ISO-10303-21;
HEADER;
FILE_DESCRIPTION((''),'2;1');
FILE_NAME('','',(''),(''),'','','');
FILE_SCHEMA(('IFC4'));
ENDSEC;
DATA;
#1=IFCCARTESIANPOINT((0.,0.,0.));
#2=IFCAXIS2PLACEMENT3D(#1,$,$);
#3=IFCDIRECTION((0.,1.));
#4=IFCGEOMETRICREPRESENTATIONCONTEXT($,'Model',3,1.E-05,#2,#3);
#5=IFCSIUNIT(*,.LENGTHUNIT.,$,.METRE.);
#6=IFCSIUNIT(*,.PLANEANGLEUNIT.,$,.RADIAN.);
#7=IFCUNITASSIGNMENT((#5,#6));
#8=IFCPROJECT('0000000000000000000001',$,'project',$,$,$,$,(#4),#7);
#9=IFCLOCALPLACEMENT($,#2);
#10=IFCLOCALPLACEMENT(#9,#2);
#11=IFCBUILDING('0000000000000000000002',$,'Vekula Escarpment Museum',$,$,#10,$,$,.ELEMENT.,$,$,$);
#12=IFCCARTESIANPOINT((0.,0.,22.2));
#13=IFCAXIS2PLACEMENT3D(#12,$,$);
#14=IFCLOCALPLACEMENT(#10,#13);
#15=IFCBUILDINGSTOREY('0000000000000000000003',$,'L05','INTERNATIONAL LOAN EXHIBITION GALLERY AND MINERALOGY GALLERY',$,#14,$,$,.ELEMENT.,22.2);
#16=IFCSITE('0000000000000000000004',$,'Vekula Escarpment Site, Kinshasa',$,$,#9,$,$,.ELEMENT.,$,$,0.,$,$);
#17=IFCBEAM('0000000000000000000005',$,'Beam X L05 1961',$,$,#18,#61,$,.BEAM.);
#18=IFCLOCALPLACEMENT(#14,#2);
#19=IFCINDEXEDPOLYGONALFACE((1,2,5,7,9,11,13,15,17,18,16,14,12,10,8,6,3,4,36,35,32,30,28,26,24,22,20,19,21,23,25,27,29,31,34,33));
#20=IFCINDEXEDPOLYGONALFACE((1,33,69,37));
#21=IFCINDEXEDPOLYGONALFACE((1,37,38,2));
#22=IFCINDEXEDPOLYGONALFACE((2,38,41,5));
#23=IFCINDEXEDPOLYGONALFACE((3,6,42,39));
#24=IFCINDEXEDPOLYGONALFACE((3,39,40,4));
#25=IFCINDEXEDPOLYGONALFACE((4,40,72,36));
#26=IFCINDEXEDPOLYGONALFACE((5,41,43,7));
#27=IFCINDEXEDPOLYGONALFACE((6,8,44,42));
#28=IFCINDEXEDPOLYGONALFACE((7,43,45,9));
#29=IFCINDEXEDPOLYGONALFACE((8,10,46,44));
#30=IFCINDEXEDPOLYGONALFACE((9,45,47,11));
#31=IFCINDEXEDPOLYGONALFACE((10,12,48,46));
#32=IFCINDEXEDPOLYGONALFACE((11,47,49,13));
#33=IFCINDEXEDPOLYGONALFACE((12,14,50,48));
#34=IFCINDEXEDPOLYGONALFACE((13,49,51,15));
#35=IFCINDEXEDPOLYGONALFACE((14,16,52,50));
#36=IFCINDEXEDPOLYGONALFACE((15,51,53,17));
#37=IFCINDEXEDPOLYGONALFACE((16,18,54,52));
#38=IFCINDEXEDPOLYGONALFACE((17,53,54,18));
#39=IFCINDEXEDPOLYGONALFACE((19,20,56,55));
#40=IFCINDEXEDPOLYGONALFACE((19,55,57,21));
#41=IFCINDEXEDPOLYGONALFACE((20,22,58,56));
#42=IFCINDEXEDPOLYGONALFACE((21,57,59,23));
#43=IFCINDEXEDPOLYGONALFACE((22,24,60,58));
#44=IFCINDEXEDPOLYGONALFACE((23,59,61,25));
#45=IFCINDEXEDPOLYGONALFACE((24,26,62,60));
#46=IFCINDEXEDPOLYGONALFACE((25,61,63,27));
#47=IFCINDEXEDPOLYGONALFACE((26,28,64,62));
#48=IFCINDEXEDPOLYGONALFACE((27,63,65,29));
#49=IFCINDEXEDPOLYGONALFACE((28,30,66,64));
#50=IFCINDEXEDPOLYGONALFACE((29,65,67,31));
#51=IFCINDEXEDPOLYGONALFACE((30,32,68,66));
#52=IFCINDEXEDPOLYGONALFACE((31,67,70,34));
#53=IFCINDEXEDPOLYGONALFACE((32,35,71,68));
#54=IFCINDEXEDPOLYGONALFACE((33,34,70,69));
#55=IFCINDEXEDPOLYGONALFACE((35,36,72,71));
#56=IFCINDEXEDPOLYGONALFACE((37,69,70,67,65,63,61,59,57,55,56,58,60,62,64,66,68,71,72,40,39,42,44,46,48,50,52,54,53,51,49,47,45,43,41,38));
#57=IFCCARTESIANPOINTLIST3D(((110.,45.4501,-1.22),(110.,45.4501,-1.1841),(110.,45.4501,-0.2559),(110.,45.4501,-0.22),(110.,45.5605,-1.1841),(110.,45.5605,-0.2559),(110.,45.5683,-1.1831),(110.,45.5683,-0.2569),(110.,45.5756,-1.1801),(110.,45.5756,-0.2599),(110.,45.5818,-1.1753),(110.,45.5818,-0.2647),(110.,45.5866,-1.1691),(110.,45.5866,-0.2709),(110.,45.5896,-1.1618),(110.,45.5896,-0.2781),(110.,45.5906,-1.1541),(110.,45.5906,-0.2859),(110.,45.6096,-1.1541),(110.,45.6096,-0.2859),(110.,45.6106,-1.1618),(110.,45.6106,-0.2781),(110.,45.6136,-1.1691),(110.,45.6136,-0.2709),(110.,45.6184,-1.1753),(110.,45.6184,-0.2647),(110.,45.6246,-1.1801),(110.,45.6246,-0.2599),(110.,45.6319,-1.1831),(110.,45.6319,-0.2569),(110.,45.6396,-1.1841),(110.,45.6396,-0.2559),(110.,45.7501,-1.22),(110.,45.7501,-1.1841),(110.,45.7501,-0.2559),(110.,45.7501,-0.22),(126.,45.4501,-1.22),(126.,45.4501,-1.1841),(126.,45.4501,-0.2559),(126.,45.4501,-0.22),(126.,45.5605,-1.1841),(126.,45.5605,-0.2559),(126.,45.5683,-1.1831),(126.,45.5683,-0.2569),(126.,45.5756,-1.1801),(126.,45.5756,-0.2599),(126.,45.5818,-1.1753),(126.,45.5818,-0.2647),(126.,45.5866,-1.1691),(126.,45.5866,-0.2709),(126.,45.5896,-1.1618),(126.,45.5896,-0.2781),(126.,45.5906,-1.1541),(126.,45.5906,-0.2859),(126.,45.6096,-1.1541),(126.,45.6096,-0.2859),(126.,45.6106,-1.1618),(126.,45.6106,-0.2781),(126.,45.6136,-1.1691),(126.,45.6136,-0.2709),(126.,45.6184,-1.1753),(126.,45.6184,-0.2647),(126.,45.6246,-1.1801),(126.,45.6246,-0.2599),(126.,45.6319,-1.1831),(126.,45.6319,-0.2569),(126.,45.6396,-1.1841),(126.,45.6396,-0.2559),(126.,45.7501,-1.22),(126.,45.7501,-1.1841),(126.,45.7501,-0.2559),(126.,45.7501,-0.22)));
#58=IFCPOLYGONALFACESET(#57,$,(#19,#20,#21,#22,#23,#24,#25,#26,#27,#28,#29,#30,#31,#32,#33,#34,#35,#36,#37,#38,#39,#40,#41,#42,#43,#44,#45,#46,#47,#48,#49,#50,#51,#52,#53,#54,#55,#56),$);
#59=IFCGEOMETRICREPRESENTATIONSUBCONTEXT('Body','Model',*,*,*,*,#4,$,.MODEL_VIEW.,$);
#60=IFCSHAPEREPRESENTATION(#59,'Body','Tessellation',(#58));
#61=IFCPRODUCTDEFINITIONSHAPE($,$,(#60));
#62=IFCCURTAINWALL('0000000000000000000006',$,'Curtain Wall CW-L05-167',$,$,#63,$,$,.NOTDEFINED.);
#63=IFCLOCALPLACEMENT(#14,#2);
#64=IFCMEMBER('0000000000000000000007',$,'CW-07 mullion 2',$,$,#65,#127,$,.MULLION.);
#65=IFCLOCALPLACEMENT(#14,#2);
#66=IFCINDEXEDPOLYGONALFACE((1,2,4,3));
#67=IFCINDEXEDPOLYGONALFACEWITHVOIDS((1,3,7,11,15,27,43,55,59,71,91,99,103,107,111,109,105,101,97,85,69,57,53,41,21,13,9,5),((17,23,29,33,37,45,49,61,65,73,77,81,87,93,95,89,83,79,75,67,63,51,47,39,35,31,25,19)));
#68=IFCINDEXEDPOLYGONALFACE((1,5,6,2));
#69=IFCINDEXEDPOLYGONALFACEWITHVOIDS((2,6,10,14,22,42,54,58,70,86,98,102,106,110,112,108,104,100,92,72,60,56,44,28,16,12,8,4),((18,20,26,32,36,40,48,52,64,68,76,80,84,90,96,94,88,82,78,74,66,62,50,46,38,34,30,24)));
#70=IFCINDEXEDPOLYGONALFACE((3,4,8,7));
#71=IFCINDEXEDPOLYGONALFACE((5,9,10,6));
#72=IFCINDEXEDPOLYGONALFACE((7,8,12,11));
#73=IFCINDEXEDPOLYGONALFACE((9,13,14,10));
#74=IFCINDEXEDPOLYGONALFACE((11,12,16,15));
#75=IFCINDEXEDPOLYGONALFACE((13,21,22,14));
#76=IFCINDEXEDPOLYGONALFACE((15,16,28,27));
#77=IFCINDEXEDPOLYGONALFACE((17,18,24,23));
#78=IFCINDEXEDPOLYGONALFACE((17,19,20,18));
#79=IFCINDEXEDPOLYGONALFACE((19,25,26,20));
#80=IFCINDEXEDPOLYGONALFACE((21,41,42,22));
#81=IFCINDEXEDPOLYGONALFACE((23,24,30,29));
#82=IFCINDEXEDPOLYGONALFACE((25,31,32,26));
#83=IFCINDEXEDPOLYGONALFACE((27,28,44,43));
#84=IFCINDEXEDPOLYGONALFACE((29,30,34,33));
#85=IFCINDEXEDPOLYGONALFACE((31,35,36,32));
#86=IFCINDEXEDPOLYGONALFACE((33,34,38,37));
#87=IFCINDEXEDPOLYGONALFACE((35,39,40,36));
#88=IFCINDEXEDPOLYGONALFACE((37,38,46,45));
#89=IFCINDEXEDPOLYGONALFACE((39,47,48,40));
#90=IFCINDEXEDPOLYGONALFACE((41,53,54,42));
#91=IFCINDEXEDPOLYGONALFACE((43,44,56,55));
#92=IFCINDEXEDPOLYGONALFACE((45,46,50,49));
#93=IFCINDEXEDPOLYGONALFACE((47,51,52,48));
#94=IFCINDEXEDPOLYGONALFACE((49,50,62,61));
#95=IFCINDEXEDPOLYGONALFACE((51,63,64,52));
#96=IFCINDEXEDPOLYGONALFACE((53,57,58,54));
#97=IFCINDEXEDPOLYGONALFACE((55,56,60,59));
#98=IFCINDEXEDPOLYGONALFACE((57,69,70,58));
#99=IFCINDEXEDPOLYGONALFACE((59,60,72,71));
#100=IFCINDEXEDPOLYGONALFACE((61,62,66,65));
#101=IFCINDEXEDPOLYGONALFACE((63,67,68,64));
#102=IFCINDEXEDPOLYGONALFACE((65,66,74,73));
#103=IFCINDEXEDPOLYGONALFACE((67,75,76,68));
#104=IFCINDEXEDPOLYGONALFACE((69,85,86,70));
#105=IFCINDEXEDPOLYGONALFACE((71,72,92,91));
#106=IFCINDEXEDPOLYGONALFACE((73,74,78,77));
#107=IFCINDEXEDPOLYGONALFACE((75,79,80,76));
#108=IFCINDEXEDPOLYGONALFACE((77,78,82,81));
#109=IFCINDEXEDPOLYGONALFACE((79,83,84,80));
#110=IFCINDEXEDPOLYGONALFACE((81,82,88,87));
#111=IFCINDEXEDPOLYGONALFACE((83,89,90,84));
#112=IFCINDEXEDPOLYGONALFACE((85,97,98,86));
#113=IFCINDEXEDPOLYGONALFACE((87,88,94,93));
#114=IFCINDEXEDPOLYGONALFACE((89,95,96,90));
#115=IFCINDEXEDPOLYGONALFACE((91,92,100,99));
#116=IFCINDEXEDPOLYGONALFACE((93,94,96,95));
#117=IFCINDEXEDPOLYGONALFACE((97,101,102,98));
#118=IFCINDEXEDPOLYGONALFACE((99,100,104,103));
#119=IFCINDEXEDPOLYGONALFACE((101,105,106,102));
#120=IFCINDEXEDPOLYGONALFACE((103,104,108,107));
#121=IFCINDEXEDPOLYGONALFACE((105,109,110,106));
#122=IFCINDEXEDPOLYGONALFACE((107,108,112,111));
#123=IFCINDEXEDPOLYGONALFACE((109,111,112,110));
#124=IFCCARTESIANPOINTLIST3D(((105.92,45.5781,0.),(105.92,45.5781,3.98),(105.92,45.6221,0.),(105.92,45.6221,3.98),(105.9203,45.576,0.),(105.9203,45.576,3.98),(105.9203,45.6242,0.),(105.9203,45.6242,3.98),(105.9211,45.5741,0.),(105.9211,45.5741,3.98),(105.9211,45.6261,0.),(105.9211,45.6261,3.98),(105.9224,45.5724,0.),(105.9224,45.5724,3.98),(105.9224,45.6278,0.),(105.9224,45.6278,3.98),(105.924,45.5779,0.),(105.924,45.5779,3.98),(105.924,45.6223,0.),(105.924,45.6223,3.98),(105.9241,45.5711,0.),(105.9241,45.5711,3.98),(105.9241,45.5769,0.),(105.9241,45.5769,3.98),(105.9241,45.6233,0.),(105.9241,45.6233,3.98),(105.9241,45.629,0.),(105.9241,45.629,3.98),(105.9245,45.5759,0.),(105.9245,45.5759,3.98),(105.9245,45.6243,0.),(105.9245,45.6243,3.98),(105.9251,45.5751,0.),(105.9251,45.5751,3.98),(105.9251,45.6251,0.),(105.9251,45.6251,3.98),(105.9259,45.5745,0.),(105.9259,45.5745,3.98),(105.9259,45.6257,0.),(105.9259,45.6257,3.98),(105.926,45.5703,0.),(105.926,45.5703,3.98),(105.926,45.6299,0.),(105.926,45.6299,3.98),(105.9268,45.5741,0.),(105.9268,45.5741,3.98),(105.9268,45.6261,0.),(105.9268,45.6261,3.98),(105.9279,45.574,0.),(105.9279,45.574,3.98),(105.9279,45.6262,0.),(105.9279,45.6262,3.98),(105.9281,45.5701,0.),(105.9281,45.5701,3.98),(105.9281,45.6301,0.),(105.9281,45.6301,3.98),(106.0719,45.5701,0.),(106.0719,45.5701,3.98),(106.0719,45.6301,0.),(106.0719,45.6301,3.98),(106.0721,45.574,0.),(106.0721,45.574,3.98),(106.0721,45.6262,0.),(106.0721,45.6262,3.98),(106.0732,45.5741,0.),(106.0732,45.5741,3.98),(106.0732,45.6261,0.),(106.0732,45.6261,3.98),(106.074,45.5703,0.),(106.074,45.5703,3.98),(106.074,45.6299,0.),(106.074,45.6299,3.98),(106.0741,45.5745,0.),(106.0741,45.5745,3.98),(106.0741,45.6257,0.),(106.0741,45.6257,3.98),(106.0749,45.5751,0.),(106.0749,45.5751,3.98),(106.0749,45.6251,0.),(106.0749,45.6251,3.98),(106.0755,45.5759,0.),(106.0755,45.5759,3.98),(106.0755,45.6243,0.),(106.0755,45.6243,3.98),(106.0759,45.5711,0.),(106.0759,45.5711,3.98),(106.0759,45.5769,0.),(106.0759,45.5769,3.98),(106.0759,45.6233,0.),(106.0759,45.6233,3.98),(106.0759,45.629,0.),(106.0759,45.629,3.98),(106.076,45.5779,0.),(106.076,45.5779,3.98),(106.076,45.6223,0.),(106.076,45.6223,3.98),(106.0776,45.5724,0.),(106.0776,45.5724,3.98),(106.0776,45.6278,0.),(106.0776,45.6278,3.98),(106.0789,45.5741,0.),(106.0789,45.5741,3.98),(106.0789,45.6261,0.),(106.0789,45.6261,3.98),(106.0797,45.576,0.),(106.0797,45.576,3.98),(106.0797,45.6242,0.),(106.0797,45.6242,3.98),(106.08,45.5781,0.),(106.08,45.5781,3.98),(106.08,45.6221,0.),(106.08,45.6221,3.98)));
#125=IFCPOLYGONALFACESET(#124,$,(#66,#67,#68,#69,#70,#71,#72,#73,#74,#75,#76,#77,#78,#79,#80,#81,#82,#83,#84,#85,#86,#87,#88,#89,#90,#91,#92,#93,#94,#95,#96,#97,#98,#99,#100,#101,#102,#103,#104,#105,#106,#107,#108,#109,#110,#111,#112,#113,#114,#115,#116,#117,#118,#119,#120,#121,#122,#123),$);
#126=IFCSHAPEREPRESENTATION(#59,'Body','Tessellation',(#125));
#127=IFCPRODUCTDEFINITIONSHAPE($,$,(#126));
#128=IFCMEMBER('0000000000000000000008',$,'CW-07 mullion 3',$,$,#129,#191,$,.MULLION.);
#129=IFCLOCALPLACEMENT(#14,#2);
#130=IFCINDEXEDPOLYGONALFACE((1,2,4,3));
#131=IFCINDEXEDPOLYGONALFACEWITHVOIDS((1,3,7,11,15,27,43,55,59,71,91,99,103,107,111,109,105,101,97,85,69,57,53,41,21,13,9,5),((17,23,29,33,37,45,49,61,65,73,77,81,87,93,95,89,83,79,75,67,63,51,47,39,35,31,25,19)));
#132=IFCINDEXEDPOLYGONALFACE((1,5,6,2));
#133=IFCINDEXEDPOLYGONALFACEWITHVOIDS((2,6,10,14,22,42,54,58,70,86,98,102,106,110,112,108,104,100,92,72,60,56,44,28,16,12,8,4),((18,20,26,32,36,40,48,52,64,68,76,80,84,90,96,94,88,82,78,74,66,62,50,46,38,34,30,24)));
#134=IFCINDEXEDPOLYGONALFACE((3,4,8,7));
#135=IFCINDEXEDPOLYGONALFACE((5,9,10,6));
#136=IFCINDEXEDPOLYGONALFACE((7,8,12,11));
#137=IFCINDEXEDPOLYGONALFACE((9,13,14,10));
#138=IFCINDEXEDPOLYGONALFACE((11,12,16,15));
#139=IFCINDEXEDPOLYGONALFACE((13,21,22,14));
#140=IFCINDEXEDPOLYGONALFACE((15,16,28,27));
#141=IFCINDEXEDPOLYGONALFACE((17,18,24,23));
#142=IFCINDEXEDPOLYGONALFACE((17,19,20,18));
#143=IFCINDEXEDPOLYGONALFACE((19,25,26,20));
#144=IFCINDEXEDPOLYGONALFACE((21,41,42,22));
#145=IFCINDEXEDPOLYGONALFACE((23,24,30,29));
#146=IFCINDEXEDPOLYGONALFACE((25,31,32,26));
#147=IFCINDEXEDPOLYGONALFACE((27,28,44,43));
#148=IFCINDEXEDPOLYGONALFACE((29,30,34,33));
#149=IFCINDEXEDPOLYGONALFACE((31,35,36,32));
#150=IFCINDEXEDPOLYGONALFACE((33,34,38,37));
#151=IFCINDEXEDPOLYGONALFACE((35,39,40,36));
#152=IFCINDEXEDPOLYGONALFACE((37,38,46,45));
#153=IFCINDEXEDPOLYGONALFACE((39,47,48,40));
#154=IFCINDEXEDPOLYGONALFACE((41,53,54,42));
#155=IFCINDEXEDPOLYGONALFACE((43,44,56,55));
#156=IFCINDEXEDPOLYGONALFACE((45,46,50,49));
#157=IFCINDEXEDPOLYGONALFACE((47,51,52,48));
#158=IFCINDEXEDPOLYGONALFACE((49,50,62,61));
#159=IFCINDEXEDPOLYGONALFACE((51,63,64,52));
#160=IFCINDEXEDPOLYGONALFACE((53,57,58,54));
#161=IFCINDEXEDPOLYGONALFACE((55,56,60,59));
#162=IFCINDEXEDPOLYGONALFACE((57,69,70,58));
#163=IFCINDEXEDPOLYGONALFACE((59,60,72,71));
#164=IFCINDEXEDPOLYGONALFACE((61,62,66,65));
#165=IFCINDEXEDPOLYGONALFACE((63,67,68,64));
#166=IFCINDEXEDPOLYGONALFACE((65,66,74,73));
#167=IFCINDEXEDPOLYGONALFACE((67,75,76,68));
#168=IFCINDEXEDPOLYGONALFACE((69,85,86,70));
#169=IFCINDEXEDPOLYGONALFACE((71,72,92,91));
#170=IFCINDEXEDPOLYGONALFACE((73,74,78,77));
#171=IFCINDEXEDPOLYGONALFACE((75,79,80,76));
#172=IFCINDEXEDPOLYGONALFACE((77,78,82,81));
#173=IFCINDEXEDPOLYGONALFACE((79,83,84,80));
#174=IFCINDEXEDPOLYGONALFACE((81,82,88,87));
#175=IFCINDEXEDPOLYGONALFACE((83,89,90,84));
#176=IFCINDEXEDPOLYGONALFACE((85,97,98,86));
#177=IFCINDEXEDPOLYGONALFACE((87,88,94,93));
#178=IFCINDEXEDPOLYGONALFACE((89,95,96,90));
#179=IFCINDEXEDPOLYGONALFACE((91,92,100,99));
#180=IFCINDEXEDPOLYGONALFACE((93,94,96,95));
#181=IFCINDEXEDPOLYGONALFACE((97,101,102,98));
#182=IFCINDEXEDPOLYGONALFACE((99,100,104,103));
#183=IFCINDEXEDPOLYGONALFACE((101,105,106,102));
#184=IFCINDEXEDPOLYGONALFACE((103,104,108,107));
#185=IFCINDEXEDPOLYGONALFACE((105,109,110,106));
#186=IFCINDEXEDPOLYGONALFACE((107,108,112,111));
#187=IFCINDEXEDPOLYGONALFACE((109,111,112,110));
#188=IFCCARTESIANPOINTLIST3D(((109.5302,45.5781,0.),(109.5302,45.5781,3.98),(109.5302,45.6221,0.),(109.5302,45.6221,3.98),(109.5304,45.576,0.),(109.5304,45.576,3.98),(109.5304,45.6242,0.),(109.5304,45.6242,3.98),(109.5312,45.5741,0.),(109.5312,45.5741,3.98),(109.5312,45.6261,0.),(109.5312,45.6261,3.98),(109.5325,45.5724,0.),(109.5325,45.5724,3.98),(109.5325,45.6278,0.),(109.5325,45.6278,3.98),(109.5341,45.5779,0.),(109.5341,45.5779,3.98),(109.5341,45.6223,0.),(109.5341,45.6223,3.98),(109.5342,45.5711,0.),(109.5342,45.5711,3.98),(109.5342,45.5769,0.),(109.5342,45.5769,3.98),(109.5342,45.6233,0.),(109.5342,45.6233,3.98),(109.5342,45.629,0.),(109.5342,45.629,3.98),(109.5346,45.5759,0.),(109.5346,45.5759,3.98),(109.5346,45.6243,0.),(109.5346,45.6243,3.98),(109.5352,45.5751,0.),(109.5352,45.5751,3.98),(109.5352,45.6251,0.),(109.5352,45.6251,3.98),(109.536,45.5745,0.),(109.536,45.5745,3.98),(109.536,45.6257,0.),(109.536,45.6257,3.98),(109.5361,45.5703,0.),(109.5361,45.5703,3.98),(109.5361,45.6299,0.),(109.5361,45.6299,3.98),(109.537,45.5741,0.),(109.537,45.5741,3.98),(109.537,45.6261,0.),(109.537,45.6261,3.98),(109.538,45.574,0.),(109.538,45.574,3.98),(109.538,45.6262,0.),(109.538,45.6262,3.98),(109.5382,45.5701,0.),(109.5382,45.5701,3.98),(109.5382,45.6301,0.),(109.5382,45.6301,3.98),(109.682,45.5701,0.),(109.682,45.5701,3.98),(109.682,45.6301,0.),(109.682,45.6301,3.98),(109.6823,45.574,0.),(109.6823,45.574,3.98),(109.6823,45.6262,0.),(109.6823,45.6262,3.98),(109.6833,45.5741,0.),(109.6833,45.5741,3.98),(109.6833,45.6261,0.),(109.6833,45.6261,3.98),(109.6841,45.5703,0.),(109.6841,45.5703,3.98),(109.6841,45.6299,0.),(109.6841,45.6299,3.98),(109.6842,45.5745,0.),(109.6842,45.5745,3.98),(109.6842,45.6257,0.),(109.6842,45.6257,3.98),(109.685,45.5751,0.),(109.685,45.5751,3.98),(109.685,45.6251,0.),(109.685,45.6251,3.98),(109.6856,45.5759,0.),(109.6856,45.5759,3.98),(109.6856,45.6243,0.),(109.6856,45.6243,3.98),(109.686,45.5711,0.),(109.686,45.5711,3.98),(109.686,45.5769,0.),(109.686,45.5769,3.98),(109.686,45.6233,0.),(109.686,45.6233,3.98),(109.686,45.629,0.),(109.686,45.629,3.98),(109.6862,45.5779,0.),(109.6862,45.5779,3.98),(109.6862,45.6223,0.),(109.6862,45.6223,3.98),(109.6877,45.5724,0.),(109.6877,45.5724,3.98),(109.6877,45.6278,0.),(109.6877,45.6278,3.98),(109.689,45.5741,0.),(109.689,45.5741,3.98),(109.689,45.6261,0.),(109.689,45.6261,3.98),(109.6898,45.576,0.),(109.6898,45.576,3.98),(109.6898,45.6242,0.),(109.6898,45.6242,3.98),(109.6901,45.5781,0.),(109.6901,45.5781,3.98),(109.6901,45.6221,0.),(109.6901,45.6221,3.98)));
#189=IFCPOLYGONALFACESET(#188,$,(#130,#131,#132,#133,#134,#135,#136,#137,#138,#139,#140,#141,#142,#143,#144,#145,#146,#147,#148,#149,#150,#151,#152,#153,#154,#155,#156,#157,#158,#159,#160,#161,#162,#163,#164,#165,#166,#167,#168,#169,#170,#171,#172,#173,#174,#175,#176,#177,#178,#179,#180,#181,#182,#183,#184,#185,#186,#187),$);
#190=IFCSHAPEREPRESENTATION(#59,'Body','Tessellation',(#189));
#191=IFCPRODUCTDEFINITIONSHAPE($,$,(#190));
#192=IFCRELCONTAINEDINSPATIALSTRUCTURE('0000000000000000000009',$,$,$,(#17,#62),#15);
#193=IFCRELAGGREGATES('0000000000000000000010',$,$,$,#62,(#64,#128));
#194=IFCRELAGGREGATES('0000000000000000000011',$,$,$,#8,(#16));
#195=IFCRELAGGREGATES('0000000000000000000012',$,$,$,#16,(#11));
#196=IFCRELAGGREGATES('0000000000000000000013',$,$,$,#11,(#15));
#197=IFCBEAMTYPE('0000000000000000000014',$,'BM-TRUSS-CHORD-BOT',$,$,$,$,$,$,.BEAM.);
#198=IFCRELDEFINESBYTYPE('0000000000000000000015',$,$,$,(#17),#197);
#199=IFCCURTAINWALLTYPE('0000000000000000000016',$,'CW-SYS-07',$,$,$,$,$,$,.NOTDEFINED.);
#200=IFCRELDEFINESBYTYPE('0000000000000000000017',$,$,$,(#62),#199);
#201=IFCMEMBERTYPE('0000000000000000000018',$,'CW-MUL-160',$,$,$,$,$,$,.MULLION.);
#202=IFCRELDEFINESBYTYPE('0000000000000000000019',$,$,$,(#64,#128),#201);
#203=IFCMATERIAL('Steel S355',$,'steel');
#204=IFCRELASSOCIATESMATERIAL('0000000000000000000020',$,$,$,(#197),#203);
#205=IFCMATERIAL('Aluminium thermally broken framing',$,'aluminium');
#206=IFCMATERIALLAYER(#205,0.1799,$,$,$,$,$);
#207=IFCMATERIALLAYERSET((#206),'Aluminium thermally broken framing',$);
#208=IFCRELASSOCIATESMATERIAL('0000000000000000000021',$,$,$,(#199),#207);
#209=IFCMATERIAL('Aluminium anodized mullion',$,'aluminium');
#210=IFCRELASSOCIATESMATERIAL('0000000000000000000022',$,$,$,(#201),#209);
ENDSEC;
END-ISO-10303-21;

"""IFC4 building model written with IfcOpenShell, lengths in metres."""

from ifc_helpers import new_model, si_unit, direction, frame, origin, origin_2d, place, context, subcontext, project, spatial, hollow_rectangle, i_section, extrude, material, layer, layer_set, material_profile, profile_set, type_object, element, aggregate, save


model = new_model("IFC4")

# Units and contexts
model_context = context("Model", 3, precision=1e-05, world=origin(), true_north=direction((0.0, 1.0)))
body_context = subcontext(model_context, "Body", "Model", "MODEL_VIEW")
ifc_project = project(units=[si_unit("LENGTHUNIT", "METRE"), si_unit("PLANEANGLEUNIT", "RADIAN")], contexts=[model_context])

# Site, building, storey
site_placement = place(None, origin())
site = spatial("IfcSite", under=ifc_project, at=site_placement, Name="Vekula Escarpment Site, Kinshasa", CompositionType="ELEMENT", RefElevation=0.0)
building_placement = place(site_placement, origin())
building = spatial("IfcBuilding", under=site, at=building_placement, Name="Vekula Escarpment Museum", CompositionType="ELEMENT")
storey_placement = place(building_placement, frame((0.0, 0.0, 22.2)))
storey = spatial("IfcBuildingStorey", under=building, at=storey_placement, Name="L05", Description="INTERNATIONAL LOAN EXHIBITION GALLERY AND MINERALOGY GALLERY", CompositionType="ELEMENT", Elevation=22.2)

# Beam
ifc_material_1 = material(Name="Steel S355", Category="steel")
ifc_material_profile_1 = material_profile(ifc_material_1, i_section(OverallWidth=0.3, OverallDepth=1.0, WebThickness=0.019, FlangeThickness=0.0359, FilletRadius=0.03, at=origin_2d()), Name="HEB 1000")
ifc_profile_set_1 = profile_set([ifc_material_profile_1], Name="Steel S355")
beam_type_1 = type_object("IfcBeamType", Name="BM-TRUSS-CHORD-BOT", PredefinedType="BEAM", material=ifc_profile_set_1)
beam_1_placement = place(storey_placement, frame((110.0, 45.6001, -0.72), z_axis=(1.0, 0.0, 0.0), x_axis=(0.0, 1.0, 0.0)))
element("IfcBeam", 1, at=beam_1_placement, inside=storey, type_object=beam_type_1, Name="Beam X L05 1961", PredefinedType="BEAM", context=body_context, shape_type="SweptSolid", body=[
    extrude(i_section(OverallWidth=0.3, OverallDepth=1.0, WebThickness=0.019, FlangeThickness=0.0359, FilletRadius=0.03, at=origin_2d()), origin(), (0.0, 0.0, 1.0), 16.0),
])

# Curtain wall, members
ifc_material_2 = material(Name="Aluminium thermally broken framing", Category="aluminium")
ifc_layer_1 = layer(ifc_material_2, 0.1799)
ifc_layer_set_1 = layer_set([ifc_layer_1], Name="Aluminium thermally broken framing")
curtain_wall_type_1 = type_object("IfcCurtainWallType", Name="CW-SYS-07", PredefinedType="NOTDEFINED", material=ifc_layer_set_1)
curtain_wall_1_placement = place(storey_placement, origin())
curtain_wall_1 = element("IfcCurtainWall", 2, at=curtain_wall_1_placement, inside=storey, type_object=curtain_wall_type_1, Name="Curtain Wall CW-L05-167", PredefinedType="NOTDEFINED")
ifc_material_3 = material(Name="Aluminium anodized mullion", Category="aluminium")
ifc_material_profile_2 = material_profile(ifc_material_3, hollow_rectangle(XDim=0.0601, YDim=0.1599, WallThickness=0.0039, InnerFilletRadius=0.0039, OuterFilletRadius=0.0081, at=origin_2d()), Name="ALU 160x60x4")
ifc_profile_set_2 = profile_set([ifc_material_profile_2], Name="Aluminium anodized mullion")
member_type_1 = type_object("IfcMemberType", Name="CW-MUL-160", PredefinedType="MULLION", material=ifc_profile_set_2)
member_1_placement = place(storey_placement, frame((106.0, 45.6001, 0.0), z_axis=(0.0, 0.0, 1.0), x_axis=(0.0, 1.0, 0.0)))
member_1 = element("IfcMember", 3, at=member_1_placement, type_object=member_type_1, Name="CW-07 mullion 2", PredefinedType="MULLION", context=body_context, shape_type="SweptSolid", body=[
    extrude(hollow_rectangle(XDim=0.0601, YDim=0.1599, WallThickness=0.0039, InnerFilletRadius=0.0039, OuterFilletRadius=0.0081, at=origin_2d()), origin(), (0.0, 0.0, 1.0), 3.98),
])
member_2_placement = place(storey_placement, frame((109.6101, 45.6001, 0.0), z_axis=(0.0, 0.0, 1.0), x_axis=(0.0, 1.0, 0.0)))
member_2 = element("IfcMember", 4, at=member_2_placement, type_object=member_type_1, Name="CW-07 mullion 3", PredefinedType="MULLION", context=body_context, shape_type="SweptSolid", body=[
    extrude(hollow_rectangle(XDim=0.0601, YDim=0.1599, WallThickness=0.0039, InnerFilletRadius=0.0039, OuterFilletRadius=0.0081, at=origin_2d()), origin(), (0.0, 0.0, 1.0), 3.98),
])

aggregate(curtain_wall_1, [member_1, member_2])

save(model, "model.ifc")
